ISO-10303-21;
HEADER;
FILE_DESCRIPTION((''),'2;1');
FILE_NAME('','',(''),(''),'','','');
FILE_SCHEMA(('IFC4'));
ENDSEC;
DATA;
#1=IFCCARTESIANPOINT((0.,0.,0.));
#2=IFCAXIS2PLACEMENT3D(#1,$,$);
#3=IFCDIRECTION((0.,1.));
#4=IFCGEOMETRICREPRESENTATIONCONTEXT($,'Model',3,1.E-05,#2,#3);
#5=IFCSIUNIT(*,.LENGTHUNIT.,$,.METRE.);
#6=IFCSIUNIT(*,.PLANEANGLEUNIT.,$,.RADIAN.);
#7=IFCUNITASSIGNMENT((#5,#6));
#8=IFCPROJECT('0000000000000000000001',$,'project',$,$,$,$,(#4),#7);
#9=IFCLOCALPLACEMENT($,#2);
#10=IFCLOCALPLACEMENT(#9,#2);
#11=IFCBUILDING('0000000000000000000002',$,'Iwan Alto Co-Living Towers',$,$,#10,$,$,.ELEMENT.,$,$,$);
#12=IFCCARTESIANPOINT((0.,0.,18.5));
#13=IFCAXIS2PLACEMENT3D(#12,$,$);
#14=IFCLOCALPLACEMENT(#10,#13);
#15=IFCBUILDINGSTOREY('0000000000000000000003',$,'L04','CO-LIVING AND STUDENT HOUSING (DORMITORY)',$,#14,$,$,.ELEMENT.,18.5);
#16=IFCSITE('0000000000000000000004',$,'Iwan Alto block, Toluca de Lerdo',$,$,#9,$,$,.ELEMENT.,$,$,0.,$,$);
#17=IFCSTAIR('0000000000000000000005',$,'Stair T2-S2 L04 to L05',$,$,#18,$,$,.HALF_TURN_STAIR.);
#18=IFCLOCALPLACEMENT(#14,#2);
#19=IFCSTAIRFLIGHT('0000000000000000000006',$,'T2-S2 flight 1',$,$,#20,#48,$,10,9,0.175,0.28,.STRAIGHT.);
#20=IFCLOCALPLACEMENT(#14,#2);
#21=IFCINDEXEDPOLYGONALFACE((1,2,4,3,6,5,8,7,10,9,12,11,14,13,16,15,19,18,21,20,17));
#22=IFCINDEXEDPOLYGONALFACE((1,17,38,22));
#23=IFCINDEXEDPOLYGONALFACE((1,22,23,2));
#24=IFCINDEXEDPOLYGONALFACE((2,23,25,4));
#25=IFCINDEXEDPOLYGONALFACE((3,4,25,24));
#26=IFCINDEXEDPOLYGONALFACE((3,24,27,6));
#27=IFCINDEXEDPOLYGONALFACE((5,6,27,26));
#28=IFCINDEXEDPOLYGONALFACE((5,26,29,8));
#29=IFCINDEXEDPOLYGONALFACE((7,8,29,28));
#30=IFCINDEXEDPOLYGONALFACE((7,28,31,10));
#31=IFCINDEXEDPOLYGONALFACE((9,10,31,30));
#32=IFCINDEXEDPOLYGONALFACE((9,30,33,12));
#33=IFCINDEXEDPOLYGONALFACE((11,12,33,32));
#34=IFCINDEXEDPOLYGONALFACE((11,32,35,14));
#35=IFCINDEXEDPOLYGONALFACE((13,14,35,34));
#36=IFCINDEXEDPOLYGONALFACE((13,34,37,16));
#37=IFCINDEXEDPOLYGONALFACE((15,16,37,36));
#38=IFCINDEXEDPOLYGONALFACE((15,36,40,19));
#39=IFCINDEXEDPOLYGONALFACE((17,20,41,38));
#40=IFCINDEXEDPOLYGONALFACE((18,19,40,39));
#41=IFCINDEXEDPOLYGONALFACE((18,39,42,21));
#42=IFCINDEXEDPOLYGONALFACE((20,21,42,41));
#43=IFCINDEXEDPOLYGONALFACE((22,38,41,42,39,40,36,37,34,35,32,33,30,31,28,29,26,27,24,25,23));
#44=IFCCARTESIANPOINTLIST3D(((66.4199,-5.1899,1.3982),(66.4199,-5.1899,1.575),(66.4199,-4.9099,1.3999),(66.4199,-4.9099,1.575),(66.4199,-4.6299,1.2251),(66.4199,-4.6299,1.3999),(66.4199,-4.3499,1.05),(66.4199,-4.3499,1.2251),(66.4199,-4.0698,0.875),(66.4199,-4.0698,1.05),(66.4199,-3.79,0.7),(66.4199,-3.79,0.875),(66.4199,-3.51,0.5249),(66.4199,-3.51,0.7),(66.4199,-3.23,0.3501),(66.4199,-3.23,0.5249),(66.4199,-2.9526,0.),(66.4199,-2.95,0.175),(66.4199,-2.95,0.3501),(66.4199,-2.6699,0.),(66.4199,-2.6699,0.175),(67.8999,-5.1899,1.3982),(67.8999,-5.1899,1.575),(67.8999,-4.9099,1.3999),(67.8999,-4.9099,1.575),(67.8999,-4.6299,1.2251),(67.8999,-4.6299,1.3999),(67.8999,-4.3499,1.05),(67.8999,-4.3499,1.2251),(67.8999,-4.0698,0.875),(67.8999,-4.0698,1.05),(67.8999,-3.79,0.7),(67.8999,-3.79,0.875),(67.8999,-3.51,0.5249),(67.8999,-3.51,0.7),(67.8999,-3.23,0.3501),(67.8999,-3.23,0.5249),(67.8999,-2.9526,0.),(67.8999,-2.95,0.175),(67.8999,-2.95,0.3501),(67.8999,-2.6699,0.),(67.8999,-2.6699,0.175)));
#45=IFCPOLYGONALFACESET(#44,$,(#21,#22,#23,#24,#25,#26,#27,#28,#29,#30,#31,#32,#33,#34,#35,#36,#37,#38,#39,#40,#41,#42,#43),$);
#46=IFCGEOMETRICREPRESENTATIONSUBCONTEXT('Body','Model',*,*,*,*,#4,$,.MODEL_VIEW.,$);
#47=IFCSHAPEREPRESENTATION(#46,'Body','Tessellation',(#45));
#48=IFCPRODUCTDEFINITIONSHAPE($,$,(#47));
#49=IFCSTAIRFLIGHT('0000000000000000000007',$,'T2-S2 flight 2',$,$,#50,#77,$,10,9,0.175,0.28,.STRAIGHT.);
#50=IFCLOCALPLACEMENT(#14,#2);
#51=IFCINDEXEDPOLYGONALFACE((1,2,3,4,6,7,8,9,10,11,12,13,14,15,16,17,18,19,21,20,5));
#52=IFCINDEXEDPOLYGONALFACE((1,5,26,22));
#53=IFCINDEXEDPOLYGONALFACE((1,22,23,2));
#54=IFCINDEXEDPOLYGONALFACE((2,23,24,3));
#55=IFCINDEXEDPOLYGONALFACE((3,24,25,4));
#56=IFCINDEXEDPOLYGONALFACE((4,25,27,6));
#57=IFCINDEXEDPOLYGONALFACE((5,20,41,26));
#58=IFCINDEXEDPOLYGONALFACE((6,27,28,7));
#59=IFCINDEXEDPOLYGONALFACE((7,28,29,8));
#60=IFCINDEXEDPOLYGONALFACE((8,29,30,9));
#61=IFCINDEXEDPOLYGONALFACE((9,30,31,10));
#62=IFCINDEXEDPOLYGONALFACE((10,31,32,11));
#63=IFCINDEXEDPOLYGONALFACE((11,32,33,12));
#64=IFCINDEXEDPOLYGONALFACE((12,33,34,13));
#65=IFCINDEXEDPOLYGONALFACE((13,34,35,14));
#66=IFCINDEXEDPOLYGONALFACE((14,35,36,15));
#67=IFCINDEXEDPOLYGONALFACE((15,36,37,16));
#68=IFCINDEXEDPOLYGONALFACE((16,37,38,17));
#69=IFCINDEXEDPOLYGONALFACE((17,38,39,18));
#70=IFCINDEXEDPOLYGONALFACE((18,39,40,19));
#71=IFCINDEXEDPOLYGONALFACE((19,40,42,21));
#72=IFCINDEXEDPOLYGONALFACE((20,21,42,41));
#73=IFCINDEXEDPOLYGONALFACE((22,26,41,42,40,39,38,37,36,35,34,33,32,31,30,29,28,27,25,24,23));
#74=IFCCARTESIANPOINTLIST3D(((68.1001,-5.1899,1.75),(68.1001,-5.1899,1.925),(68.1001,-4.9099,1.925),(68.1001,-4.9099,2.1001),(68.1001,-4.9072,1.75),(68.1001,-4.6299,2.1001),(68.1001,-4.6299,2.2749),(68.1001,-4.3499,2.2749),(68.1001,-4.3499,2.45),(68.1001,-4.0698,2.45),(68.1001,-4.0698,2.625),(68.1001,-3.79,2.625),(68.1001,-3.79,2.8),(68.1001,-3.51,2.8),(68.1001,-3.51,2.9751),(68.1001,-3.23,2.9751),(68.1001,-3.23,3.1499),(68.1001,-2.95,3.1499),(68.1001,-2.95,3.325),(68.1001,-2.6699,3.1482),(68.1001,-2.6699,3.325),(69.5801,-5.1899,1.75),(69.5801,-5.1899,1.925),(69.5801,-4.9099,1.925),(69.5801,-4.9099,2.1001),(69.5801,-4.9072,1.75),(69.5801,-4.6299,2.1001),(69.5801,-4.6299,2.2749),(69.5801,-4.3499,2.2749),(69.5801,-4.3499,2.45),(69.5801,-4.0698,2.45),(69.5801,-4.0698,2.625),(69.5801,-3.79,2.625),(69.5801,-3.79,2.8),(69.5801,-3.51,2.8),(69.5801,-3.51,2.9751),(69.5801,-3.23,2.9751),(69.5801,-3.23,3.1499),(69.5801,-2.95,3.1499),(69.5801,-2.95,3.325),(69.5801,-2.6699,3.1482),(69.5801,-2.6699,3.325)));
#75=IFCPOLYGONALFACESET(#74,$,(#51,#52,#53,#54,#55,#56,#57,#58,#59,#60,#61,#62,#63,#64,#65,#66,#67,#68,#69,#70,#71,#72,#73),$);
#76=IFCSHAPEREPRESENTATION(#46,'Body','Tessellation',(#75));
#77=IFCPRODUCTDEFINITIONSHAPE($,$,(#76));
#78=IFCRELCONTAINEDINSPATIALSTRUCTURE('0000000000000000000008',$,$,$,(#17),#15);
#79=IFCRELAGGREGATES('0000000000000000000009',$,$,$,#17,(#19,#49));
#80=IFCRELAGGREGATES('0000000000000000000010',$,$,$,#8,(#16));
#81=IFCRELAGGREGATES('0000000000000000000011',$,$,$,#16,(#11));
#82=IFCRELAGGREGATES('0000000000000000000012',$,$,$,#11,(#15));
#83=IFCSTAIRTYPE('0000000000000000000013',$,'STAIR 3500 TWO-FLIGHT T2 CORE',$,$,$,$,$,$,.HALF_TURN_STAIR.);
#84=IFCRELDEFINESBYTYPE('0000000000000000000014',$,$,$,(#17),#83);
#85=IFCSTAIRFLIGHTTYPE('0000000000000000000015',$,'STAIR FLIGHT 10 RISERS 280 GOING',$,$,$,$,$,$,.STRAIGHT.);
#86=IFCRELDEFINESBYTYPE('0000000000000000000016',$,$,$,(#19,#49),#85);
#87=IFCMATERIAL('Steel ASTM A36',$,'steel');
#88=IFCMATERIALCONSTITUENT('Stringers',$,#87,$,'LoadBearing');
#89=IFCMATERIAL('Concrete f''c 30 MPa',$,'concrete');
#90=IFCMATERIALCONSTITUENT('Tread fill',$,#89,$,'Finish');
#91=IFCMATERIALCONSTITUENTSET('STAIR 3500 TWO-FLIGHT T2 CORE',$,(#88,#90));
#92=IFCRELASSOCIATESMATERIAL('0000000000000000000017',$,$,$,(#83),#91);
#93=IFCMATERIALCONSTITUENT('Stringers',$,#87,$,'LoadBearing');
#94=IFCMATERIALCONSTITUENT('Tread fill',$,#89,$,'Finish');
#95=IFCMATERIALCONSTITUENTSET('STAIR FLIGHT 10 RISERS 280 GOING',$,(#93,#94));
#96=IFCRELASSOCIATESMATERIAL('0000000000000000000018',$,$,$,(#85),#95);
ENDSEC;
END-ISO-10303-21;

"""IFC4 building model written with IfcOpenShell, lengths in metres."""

from ifc_helpers import new_model, si_unit, direction, frame, origin, place, context, subcontext, project, spatial, polyline, outline, extrude, material, constituent, constituent_set, type_object, element, aggregate, save


model = new_model("IFC4")

# Units and contexts
model_context = context("Model", 3, precision=1e-05, world=origin(), true_north=direction((0.0, 1.0)))
body_context = subcontext(model_context, "Body", "Model", "MODEL_VIEW")
ifc_project = project(units=[si_unit("LENGTHUNIT", "METRE"), si_unit("PLANEANGLEUNIT", "RADIAN")], contexts=[model_context])

# Site, building, storey
site_placement = place(None, origin())
site = spatial("IfcSite", under=ifc_project, at=site_placement, Name="Iwan Alto block, Toluca de Lerdo", CompositionType="ELEMENT", RefElevation=0.0)
building_placement = place(site_placement, origin())
building = spatial("IfcBuilding", under=site, at=building_placement, Name="Iwan Alto Co-Living Towers", CompositionType="ELEMENT")
storey_placement = place(building_placement, frame((0.0, 0.0, 18.5)))
storey = spatial("IfcBuildingStorey", under=building, at=storey_placement, Name="L04", Description="CO-LIVING AND STUDENT HOUSING (DORMITORY)", CompositionType="ELEMENT", Elevation=18.5)

# Stair, stair flights
ifc_material_1 = material(Name="Steel ASTM A36", Category="steel")
ifc_constituent_1 = constituent(ifc_material_1, Name="Stringers", Category="LoadBearing")
ifc_material_2 = material(Name="Concrete f'c 30 MPa", Category="concrete")
ifc_constituent_2 = constituent(ifc_material_2, Name="Tread fill", Category="Finish")
ifc_constituent_set_1 = constituent_set(constituents=[ifc_constituent_1, ifc_constituent_2], Name="STAIR 3500 TWO-FLIGHT T2 CORE")
stair_type = type_object("IfcStairType", Name="STAIR 3500 TWO-FLIGHT T2 CORE", PredefinedType="HALF_TURN_STAIR", material=ifc_constituent_set_1)
stair_placement = place(storey_placement, origin())
stair = element("IfcStair", 1, at=stair_placement, inside=storey, type_object=stair_type, Name="Stair T2-S2 L04 to L05", PredefinedType="HALF_TURN_STAIR")
ifc_constituent_3 = constituent(ifc_material_1, Name="Stringers", Category="LoadBearing")
ifc_constituent_4 = constituent(ifc_material_2, Name="Tread fill", Category="Finish")
ifc_constituent_set_2 = constituent_set(constituents=[ifc_constituent_3, ifc_constituent_4], Name="STAIR FLIGHT 10 RISERS 280 GOING")
stair_flight_type = type_object("IfcStairFlightType", Name="STAIR FLIGHT 10 RISERS 280 GOING", PredefinedType="STRAIGHT", material=ifc_constituent_set_2)
stair_flight_1_placement = place(storey_placement, frame((67.1599, -2.6699, 0.0), z_axis=(0.0, 0.0, 1.0), x_axis=(0.0, -1.0, 0.0)))
stair_flight_1 = element("IfcStairFlight", 2, at=stair_flight_1_placement, type_object=stair_flight_type, Name="T2-S2 flight 1", NumberOfRisers=10, NumberOfTreads=9, PredefinedType="STRAIGHT", RiserHeight=0.175, TreadLength=0.28, context=body_context, shape_type="SweptSolid", body=[
    extrude(outline(polyline([(0.0, 0.0), (0.0, 0.175), (0.28, 0.175), (0.28, 0.3501), (0.5601, 0.3501), (0.5601, 0.5249), (0.8401, 0.5249), (0.8401, 0.7), (1.1201, 0.7), (1.1201, 0.875), (1.3999, 0.875), (1.3999, 1.05), (1.6799, 1.05), (1.6799, 1.2251), (1.96, 1.2251), (1.96, 1.3999), (2.24, 1.3999), (2.24, 1.575), (2.52, 1.575), (2.52, 1.75), (2.52, 1.3982), (0.2827, 0.0), (0.0, 0.0)])), frame((0.0, 0.74, 0.0), z_axis=(0.0, -1.0, 0.0), x_axis=(1.0, 0.0, 0.0)), (0.0, 0.0, 1.0), 1.48),
])
stair_flight_2_placement = place(storey_placement, frame((68.8401, -5.1899, 1.75), z_axis=(0.0, 0.0, 1.0), x_axis=(0.0, 1.0, 0.0)))
stair_flight_2 = element("IfcStairFlight", 3, at=stair_flight_2_placement, type_object=stair_flight_type, Name="T2-S2 flight 2", NumberOfRisers=10, NumberOfTreads=9, PredefinedType="STRAIGHT", RiserHeight=0.175, TreadLength=0.28, context=body_context, shape_type="SweptSolid", body=[
    extrude(outline(polyline([(0.0, 0.0), (0.0, 0.175), (0.28, 0.175), (0.28, 0.3501), (0.5601, 0.3501), (0.5601, 0.5249), (0.8401, 0.5249), (0.8401, 0.7), (1.1201, 0.7), (1.1201, 0.875), (1.3999, 0.875), (1.3999, 1.05), (1.6799, 1.05), (1.6799, 1.2251), (1.96, 1.2251), (1.96, 1.3999), (2.24, 1.3999), (2.24, 1.575), (2.52, 1.575), (2.52, 1.75), (2.52, 1.3982), (0.2827, 0.0), (0.0, 0.0)])), frame((0.0, 0.74, 0.0), z_axis=(0.0, -1.0, 0.0), x_axis=(1.0, 0.0, 0.0)), (0.0, 0.0, 1.0), 1.48),
])
aggregate(stair, [stair_flight_1, stair_flight_2])

save(model, "model.ifc")
